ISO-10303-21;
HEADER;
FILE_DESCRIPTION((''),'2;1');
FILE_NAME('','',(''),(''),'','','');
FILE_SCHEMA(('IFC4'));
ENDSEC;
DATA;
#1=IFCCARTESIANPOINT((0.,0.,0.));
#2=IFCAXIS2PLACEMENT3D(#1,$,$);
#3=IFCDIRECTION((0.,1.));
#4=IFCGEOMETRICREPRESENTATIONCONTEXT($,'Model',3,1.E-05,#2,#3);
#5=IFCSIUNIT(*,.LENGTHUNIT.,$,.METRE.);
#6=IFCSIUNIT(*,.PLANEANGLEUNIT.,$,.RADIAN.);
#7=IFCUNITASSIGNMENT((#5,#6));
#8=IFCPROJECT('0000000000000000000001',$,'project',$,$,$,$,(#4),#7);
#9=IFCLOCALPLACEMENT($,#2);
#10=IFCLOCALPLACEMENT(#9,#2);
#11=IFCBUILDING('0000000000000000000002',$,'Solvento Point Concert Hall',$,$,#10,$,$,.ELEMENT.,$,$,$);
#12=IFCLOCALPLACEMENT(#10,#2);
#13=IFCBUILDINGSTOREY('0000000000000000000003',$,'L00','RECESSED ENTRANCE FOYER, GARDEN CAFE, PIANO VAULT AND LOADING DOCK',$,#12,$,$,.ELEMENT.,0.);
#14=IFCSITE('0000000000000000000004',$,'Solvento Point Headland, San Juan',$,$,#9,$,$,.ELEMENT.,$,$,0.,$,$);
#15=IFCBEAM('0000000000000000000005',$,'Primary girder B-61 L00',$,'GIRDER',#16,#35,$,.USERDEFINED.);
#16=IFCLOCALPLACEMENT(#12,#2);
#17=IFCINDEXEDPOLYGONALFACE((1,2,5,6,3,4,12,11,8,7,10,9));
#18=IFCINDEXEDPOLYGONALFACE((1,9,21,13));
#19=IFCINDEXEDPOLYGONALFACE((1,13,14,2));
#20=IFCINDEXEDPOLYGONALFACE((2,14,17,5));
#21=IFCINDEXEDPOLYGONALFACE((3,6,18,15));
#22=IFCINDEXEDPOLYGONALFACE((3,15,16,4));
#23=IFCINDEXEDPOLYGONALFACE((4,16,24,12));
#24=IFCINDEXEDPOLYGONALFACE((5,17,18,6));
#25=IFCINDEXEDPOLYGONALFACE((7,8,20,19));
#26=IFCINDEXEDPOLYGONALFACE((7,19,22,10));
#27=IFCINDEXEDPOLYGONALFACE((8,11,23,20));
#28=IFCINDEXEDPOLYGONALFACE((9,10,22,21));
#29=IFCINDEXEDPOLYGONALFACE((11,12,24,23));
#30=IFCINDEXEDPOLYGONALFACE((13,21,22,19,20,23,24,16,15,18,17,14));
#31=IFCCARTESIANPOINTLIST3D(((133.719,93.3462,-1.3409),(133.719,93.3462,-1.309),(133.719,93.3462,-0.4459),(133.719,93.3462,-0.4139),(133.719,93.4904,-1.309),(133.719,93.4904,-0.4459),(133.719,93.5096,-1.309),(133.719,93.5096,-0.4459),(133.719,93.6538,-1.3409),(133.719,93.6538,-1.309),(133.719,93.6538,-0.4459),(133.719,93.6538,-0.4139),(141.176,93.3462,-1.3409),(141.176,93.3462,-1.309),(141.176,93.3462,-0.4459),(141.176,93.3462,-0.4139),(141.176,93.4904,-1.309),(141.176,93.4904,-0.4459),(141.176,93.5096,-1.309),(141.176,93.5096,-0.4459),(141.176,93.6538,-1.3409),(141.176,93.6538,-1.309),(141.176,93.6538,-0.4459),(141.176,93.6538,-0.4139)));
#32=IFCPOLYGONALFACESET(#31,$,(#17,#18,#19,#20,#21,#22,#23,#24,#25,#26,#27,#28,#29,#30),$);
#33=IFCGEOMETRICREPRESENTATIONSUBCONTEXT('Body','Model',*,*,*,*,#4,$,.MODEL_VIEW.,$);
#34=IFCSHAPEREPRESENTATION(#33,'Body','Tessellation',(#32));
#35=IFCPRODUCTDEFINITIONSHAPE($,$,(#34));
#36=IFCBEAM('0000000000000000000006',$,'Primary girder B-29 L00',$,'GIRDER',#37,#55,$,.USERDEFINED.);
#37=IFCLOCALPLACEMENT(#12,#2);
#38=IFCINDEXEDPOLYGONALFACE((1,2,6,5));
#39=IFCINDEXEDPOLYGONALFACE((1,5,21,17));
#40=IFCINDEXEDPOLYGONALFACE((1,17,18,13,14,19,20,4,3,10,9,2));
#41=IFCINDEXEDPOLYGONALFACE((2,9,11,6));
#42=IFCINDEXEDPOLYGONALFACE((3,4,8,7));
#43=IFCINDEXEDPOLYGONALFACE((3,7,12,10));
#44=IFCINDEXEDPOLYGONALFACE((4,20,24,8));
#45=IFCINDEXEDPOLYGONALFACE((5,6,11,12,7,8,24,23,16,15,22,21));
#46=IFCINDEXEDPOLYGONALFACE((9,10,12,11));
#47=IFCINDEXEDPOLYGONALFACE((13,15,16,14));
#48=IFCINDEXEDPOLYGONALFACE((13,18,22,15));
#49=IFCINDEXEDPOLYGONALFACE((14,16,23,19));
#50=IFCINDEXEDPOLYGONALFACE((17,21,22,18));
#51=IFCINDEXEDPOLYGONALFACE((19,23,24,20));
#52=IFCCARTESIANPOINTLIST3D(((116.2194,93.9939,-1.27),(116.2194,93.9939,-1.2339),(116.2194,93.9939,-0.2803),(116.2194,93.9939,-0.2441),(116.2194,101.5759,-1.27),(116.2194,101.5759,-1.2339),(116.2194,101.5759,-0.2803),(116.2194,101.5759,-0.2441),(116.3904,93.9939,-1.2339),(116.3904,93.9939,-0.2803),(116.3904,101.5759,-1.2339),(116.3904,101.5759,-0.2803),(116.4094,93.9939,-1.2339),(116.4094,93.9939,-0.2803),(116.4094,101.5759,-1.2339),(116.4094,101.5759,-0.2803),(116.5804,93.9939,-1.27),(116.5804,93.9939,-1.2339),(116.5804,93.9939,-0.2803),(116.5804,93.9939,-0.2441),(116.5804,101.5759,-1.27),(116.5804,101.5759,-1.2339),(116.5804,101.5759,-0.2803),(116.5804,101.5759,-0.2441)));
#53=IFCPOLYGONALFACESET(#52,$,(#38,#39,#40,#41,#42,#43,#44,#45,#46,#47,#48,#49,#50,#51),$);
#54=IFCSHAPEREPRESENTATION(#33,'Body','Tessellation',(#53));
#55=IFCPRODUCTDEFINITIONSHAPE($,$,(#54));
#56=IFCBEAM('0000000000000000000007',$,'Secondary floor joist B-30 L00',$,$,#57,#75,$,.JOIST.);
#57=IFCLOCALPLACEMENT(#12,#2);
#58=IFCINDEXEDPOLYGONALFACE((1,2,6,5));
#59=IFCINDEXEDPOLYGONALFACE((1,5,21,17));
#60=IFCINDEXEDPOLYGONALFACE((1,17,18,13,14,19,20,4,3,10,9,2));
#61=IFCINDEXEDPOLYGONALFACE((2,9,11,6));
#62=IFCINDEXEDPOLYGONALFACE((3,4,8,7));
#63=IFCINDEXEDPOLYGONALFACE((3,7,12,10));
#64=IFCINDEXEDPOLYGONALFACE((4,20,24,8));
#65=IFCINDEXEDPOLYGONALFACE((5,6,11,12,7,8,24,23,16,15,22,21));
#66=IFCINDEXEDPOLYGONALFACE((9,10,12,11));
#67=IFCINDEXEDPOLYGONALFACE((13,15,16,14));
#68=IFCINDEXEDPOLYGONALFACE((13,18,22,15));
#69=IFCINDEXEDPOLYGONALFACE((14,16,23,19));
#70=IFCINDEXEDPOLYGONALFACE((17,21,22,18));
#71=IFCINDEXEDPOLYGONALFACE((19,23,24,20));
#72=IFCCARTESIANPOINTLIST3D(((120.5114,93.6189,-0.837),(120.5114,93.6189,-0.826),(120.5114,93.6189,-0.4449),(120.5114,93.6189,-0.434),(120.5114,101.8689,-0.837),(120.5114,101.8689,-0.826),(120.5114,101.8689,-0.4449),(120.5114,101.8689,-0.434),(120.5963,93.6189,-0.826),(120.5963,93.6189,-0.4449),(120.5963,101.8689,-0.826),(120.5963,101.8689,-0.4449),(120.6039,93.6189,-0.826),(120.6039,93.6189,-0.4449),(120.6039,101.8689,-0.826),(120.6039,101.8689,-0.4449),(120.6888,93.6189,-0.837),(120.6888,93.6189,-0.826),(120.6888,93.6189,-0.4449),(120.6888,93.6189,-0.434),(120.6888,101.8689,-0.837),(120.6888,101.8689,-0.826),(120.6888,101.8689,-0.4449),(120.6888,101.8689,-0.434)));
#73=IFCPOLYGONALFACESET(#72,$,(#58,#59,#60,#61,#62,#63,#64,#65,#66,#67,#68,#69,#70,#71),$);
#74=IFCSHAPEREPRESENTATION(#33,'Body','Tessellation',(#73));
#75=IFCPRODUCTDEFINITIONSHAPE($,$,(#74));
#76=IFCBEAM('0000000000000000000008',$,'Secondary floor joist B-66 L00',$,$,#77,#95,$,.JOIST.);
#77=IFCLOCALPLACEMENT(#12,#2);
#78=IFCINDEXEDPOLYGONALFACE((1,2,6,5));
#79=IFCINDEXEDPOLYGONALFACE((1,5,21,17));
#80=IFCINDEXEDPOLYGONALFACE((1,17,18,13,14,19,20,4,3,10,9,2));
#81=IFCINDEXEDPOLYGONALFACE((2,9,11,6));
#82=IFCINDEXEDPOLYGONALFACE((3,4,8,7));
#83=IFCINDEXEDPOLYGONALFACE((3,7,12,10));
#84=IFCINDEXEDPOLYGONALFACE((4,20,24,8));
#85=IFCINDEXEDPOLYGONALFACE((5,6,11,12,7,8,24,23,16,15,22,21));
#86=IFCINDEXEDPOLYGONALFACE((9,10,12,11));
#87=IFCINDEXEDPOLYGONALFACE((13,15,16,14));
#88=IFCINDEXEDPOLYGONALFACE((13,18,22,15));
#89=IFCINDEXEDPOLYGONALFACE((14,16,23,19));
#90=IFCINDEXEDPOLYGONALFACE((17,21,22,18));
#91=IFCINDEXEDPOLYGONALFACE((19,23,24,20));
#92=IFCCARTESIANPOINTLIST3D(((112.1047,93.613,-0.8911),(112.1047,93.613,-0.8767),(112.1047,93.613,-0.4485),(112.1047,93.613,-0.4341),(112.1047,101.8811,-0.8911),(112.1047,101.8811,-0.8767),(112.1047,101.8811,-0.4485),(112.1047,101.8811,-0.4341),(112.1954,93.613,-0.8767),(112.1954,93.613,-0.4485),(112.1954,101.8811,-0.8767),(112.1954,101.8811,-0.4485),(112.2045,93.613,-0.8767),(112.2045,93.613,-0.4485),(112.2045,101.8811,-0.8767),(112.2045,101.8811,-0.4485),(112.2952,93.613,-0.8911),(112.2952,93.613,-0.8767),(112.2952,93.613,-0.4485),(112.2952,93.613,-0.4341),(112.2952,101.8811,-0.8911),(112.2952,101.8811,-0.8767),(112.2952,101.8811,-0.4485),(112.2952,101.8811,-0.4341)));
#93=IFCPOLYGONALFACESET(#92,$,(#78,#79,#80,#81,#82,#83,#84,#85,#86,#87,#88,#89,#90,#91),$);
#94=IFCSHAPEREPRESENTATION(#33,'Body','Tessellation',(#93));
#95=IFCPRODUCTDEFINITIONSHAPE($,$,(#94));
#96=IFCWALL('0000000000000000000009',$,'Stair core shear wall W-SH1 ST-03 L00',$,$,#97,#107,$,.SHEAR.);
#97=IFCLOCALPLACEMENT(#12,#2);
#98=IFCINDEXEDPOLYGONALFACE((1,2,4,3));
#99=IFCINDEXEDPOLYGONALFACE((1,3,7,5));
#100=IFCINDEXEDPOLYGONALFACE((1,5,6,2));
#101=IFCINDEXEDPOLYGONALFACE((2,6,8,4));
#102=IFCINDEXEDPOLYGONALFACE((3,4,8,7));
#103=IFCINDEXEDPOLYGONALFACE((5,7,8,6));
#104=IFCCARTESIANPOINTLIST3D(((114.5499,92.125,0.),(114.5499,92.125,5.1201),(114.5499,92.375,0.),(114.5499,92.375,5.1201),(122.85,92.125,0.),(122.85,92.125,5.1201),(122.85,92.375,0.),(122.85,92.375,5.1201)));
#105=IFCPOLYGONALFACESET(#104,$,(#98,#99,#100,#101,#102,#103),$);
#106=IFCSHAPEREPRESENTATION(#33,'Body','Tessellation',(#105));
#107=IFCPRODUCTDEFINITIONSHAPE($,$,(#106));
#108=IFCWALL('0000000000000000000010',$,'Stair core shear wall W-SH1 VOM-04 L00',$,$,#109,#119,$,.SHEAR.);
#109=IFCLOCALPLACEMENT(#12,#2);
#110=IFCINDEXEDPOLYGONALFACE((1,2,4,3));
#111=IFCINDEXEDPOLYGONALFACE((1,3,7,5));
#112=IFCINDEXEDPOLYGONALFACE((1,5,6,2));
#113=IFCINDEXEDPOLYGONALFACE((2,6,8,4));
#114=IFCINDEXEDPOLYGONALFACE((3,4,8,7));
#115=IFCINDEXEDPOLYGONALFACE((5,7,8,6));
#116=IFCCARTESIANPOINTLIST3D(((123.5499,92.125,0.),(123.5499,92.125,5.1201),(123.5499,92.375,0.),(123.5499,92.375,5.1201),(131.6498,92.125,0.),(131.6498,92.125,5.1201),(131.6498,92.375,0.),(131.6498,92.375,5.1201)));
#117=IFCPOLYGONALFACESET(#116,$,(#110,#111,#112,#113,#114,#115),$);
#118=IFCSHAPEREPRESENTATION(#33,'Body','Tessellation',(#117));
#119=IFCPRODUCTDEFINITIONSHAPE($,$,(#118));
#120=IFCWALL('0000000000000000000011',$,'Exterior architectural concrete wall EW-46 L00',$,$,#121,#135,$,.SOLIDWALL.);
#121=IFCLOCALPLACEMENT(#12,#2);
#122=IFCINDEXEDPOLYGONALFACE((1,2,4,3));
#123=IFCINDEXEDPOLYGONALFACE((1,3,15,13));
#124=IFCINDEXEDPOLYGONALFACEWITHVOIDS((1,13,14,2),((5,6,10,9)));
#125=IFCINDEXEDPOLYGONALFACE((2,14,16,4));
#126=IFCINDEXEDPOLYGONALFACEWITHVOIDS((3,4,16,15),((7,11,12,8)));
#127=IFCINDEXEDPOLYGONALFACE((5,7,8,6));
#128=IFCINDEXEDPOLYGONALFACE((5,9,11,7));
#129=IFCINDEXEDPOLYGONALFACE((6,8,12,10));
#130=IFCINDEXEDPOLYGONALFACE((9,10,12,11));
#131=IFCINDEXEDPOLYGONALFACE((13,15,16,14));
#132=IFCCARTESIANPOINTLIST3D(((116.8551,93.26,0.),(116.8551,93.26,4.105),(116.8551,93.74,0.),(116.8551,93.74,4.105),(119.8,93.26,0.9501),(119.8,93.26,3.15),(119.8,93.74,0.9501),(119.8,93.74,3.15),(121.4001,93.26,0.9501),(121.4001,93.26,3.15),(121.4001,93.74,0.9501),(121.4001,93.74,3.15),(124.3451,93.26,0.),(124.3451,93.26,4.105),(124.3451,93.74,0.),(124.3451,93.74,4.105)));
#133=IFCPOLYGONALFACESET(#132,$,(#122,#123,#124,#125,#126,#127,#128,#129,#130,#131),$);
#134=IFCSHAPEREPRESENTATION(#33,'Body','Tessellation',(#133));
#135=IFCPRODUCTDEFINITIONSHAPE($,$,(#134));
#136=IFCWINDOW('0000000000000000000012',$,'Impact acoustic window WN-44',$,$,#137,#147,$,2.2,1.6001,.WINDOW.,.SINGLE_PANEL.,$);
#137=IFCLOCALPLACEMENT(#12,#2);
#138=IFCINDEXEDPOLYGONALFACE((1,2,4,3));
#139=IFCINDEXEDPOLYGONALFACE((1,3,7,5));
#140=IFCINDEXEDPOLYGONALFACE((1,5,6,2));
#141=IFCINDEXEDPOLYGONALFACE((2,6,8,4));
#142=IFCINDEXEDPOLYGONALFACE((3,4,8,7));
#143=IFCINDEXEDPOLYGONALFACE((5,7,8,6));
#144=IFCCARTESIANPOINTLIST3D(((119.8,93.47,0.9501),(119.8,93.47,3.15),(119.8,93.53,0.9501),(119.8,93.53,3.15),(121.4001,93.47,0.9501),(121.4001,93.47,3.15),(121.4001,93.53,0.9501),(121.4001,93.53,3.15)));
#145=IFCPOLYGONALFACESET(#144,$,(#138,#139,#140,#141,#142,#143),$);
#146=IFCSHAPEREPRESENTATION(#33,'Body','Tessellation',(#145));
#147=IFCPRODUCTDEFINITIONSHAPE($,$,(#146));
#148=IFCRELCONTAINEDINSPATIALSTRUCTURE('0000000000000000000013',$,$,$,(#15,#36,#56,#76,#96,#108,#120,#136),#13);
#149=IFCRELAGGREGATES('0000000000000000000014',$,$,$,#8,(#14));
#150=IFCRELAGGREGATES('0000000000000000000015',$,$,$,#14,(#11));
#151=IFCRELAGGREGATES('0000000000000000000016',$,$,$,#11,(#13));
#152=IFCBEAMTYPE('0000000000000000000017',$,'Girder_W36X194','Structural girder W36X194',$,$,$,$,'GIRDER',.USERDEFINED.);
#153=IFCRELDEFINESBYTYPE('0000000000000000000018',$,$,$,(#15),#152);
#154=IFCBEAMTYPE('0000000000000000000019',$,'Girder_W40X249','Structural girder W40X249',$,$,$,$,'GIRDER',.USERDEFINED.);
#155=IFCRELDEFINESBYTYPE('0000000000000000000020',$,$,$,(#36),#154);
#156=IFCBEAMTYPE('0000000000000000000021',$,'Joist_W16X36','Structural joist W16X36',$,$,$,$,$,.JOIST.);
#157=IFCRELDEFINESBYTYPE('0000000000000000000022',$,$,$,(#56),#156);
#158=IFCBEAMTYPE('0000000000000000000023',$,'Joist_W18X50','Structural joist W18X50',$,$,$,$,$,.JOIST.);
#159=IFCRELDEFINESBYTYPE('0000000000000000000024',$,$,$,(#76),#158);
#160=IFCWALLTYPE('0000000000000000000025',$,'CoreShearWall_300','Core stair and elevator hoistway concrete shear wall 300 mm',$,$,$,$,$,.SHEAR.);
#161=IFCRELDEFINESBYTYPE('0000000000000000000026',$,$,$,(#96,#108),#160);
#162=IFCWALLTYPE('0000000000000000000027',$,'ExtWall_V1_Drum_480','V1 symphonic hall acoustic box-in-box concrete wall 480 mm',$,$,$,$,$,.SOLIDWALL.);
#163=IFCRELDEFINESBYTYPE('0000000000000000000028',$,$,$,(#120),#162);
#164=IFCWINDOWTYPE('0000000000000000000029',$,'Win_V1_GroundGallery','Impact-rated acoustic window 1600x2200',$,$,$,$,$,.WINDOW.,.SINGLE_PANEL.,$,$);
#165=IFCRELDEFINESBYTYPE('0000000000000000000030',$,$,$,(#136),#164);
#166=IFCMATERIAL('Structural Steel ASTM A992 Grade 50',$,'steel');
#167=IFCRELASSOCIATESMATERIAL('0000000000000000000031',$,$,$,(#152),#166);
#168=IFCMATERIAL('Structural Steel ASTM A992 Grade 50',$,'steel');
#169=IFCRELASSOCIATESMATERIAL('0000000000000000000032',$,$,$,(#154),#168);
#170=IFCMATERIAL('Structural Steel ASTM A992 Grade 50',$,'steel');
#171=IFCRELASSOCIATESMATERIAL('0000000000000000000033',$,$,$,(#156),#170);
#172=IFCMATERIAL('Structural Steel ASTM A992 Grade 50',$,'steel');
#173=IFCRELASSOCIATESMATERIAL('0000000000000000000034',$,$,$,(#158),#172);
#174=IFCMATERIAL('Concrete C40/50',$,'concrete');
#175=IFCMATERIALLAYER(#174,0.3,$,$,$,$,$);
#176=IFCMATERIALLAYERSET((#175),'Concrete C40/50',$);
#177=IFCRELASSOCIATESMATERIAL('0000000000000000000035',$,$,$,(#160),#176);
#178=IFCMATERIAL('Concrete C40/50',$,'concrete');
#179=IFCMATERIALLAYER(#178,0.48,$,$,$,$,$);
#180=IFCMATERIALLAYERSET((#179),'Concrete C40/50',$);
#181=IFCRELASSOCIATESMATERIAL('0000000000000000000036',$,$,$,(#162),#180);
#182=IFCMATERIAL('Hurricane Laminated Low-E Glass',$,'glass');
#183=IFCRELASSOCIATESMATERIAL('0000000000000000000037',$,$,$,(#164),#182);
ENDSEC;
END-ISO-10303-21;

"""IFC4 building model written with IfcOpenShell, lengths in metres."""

from ifc_helpers import new_model, si_unit, direction, frame, frame_2d, origin, origin_2d, place, context, subcontext, project, spatial, rectangle, i_section, extrude, material, layer, layer_set, material_profile, profile_set, type_object, element, fill, save


model = new_model("IFC4")

# Units and contexts
model_context = context("Model", 3, precision=1e-05, world=origin(), true_north=direction((0.0, 1.0)))
body_context = subcontext(model_context, "Body", "Model", "MODEL_VIEW")
ifc_project = project(units=[si_unit("LENGTHUNIT", "METRE"), si_unit("PLANEANGLEUNIT", "RADIAN")], contexts=[model_context])

# Site, building, storey
site_placement = place(None, origin())
site = spatial("IfcSite", under=ifc_project, at=site_placement, Name="Solvento Point Headland, San Juan", CompositionType="ELEMENT", RefElevation=0.0)
building_placement = place(site_placement, origin())
building = spatial("IfcBuilding", under=site, at=building_placement, Name="Solvento Point Concert Hall", CompositionType="ELEMENT")
storey_placement = place(building_placement, origin())
storey = spatial("IfcBuildingStorey", under=building, at=storey_placement, Name="L00", Description="RECESSED ENTRANCE FOYER, GARDEN CAFE, PIANO VAULT AND LOADING DOCK", CompositionType="ELEMENT", Elevation=0.0)

# Beams
ifc_material_1 = material(Name="Structural Steel ASTM A992 Grade 50", Category="steel")
ifc_material_profile_1 = material_profile(ifc_material_1, i_section(OverallWidth=0.3076, OverallDepth=0.927, WebThickness=0.0193, FlangeThickness=0.032, at=origin_2d()), Name="W36X194")
ifc_profile_set_1 = profile_set([ifc_material_profile_1], Name="Structural Steel ASTM A992 Grade 50")
beam_type_1 = type_object("IfcBeamType", Name="Girder_W36X194", Description="Structural girder W36X194", ElementType="GIRDER", PredefinedType="USERDEFINED", material=ifc_profile_set_1)
beam_1_placement = place(storey_placement, frame((133.719, 93.5, -0.8774), z_axis=(1.0, 0.0, 0.0), x_axis=(0.0, 1.0, 0.0)))
element("IfcBeam", 1, at=beam_1_placement, inside=storey, type_object=beam_type_1, Name="Primary girder B-61 L00", ObjectType="GIRDER", PredefinedType="USERDEFINED", context=body_context, shape_type="SweptSolid", body=[
    extrude(i_section(OverallWidth=0.3076, OverallDepth=0.927, WebThickness=0.0193, FlangeThickness=0.032, at=origin_2d()), origin(), (0.0, 0.0, 1.0), 7.457),
])
ifc_material_2 = material(Name="Structural Steel ASTM A992 Grade 50", Category="steel")
ifc_material_profile_2 = material_profile(ifc_material_2, i_section(OverallWidth=0.3611, OverallDepth=1.0259, WebThickness=0.019, FlangeThickness=0.0361, at=origin_2d()), Name="W40X249")
ifc_profile_set_2 = profile_set([ifc_material_profile_2], Name="Structural Steel ASTM A992 Grade 50")
beam_type_2 = type_object("IfcBeamType", Name="Girder_W40X249", Description="Structural girder W40X249", ElementType="GIRDER", PredefinedType="USERDEFINED", material=ifc_profile_set_2)
beam_2_placement = place(storey_placement, frame((116.3999, 93.9939, -0.7571), z_axis=(0.0, 1.0, 0.0), x_axis=(-1.0, 0.0, 0.0)))
element("IfcBeam", 2, at=beam_2_placement, inside=storey, type_object=beam_type_2, Name="Primary girder B-29 L00", ObjectType="GIRDER", PredefinedType="USERDEFINED", context=body_context, shape_type="SweptSolid", body=[
    extrude(i_section(OverallWidth=0.3611, OverallDepth=1.0259, WebThickness=0.019, FlangeThickness=0.0361, at=origin_2d()), origin(), (0.0, 0.0, 1.0), 7.582),
])
ifc_material_3 = material(Name="Structural Steel ASTM A992 Grade 50", Category="steel")
ifc_material_profile_3 = material_profile(ifc_material_3, i_section(OverallWidth=0.1775, OverallDepth=0.4031, WebThickness=0.0076, FlangeThickness=0.011, at=origin_2d()), Name="W16X36")
ifc_profile_set_3 = profile_set([ifc_material_profile_3], Name="Structural Steel ASTM A992 Grade 50")
beam_type_3 = type_object("IfcBeamType", Name="Joist_W16X36", Description="Structural joist W16X36", PredefinedType="JOIST", material=ifc_profile_set_3)
beam_3_placement = place(storey_placement, frame((120.6001, 93.6189, -0.6355), z_axis=(0.0, 1.0, 0.0), x_axis=(-1.0, 0.0, 0.0)))
element("IfcBeam", 3, at=beam_3_placement, inside=storey, type_object=beam_type_3, Name="Secondary floor joist B-30 L00", PredefinedType="JOIST", context=body_context, shape_type="SweptSolid", body=[
    extrude(i_section(OverallWidth=0.1775, OverallDepth=0.4031, WebThickness=0.0076, FlangeThickness=0.011, at=origin_2d()), origin(), (0.0, 0.0, 1.0), 8.25),
])
ifc_material_4 = material(Name="Structural Steel ASTM A992 Grade 50", Category="steel")
ifc_material_profile_4 = material_profile(ifc_material_4, i_section(OverallWidth=0.1904, OverallDepth=0.457, WebThickness=0.009, FlangeThickness=0.0144, at=origin_2d()), Name="W18X50")
ifc_profile_set_4 = profile_set([ifc_material_profile_4], Name="Structural Steel ASTM A992 Grade 50")
beam_type_4 = type_object("IfcBeamType", Name="Joist_W18X50", Description="Structural joist W18X50", PredefinedType="JOIST", material=ifc_profile_set_4)
beam_4_placement = place(storey_placement, frame((112.2, 93.613, -0.6626), z_axis=(0.0, 1.0, 0.0), x_axis=(-1.0, 0.0, 0.0)))
element("IfcBeam", 4, at=beam_4_placement, inside=storey, type_object=beam_type_4, Name="Secondary floor joist B-66 L00", PredefinedType="JOIST", context=body_context, shape_type="SweptSolid", body=[
    extrude(i_section(OverallWidth=0.1904, OverallDepth=0.457, WebThickness=0.009, FlangeThickness=0.0144, at=origin_2d()), origin(), (0.0, 0.0, 1.0), 8.2681),
])

# Walls
ifc_material_5 = material(Name="Concrete C40/50", Category="concrete")
ifc_layer_1 = layer(ifc_material_5, 0.3)
ifc_layer_set_1 = layer_set([ifc_layer_1], Name="Concrete C40/50")
wall_type_1 = type_object("IfcWallType", Name="CoreShearWall_300", Description="Core stair and elevator hoistway concrete shear wall 300 mm", PredefinedType="SHEAR", material=ifc_layer_set_1)
wall_1_placement = place(storey_placement, frame((114.55, 92.25, 0.0), z_axis=(0.0, 0.0, 1.0), x_axis=(1.0, 0.0, 0.0)))
element("IfcWall", 5, at=wall_1_placement, inside=storey, type_object=wall_type_1, Name="Stair core shear wall W-SH1 ST-03 L00", PredefinedType="SHEAR", context=body_context, shape_type="SweptSolid", body=[
    extrude(rectangle(XDim=8.3, YDim=0.25, at=frame_2d((4.1499, 0.0))), origin(), (0.0, 0.0, 1.0), 5.1201),
])
wall_2_placement = place(storey_placement, frame((123.55, 92.25, 0.0), z_axis=(0.0, 0.0, 1.0), x_axis=(1.0, 0.0, 0.0)))
element("IfcWall", 6, at=wall_2_placement, inside=storey, type_object=wall_type_1, Name="Stair core shear wall W-SH1 VOM-04 L00", PredefinedType="SHEAR", context=body_context, shape_type="SweptSolid", body=[
    extrude(rectangle(XDim=8.0999, YDim=0.25, at=frame_2d((4.0498, 0.0))), origin(), (0.0, 0.0, 1.0), 5.1201),
])

# Wall, opening, window
ifc_material_6 = material(Name="Concrete C40/50", Category="concrete")
ifc_layer_2 = layer(ifc_material_6, 0.48)
ifc_layer_set_2 = layer_set([ifc_layer_2], Name="Concrete C40/50")
wall_type_2 = type_object("IfcWallType", Name="ExtWall_V1_Drum_480", Description="V1 symphonic hall acoustic box-in-box concrete wall 480 mm", PredefinedType="SOLIDWALL", material=ifc_layer_set_2)
wall_3_placement = place(storey_placement, frame((116.855, 93.5, 0.0), z_axis=(0.0, 0.0, 1.0), x_axis=(1.0, 0.0, 0.0)))
wall_3 = element("IfcWall", 7, at=wall_3_placement, inside=storey, type_object=wall_type_2, Name="Exterior architectural concrete wall EW-46 L00", PredefinedType="SOLIDWALL", context=body_context, shape_type="SweptSolid", body=[
    extrude(rectangle(XDim=7.49, YDim=0.48, at=frame_2d((3.7451, 0.0))), origin(), (0.0, 0.0, 1.0), 4.105),
])
opening_1_placement = place(wall_3_placement, frame((2.9451, 0.0, 0.95)))
opening_1 = element("IfcOpeningElement", 8, at=opening_1_placement, cuts=wall_3, PredefinedType="OPENING", context=body_context, shape_type="SweptSolid", body=[
    extrude(rectangle(XDim=1.6001, YDim=2.2, at=frame_2d((0.8, 1.1001))), frame((0.0, 0.25, 0.0), z_axis=(0.0, -1.0, 0.0), x_axis=(1.0, 0.0, 0.0)), (0.0, 0.0, 1.0), 0.5),
])
ifc_material_7 = material(Name="Hurricane Laminated Low-E Glass", Category="glass")
window_type_1 = type_object("IfcWindowType", Name="Win_V1_GroundGallery", Description="Impact-rated acoustic window 1600x2200", PartitioningType="SINGLE_PANEL", PredefinedType="WINDOW", material=ifc_material_7)
window_1_placement = place(opening_1_placement, origin())
window_1 = element("IfcWindow", 9, at=window_1_placement, inside=storey, type_object=window_type_1, Name="Impact acoustic window WN-44", OverallHeight=2.2, OverallWidth=1.6001, PartitioningType="SINGLE_PANEL", PredefinedType="WINDOW", context=body_context, shape_type="SweptSolid", body=[
    extrude(rectangle(XDim=1.6001, YDim=2.2, at=frame_2d((0.8, 1.1001))), frame((0.0, 0.03, 0.0), z_axis=(0.0, -1.0, 0.0), x_axis=(1.0, 0.0, 0.0)), (0.0, 0.0, 1.0), 0.0601),
])
fill(opening_1, window_1)

save(model, "model.ifc")
